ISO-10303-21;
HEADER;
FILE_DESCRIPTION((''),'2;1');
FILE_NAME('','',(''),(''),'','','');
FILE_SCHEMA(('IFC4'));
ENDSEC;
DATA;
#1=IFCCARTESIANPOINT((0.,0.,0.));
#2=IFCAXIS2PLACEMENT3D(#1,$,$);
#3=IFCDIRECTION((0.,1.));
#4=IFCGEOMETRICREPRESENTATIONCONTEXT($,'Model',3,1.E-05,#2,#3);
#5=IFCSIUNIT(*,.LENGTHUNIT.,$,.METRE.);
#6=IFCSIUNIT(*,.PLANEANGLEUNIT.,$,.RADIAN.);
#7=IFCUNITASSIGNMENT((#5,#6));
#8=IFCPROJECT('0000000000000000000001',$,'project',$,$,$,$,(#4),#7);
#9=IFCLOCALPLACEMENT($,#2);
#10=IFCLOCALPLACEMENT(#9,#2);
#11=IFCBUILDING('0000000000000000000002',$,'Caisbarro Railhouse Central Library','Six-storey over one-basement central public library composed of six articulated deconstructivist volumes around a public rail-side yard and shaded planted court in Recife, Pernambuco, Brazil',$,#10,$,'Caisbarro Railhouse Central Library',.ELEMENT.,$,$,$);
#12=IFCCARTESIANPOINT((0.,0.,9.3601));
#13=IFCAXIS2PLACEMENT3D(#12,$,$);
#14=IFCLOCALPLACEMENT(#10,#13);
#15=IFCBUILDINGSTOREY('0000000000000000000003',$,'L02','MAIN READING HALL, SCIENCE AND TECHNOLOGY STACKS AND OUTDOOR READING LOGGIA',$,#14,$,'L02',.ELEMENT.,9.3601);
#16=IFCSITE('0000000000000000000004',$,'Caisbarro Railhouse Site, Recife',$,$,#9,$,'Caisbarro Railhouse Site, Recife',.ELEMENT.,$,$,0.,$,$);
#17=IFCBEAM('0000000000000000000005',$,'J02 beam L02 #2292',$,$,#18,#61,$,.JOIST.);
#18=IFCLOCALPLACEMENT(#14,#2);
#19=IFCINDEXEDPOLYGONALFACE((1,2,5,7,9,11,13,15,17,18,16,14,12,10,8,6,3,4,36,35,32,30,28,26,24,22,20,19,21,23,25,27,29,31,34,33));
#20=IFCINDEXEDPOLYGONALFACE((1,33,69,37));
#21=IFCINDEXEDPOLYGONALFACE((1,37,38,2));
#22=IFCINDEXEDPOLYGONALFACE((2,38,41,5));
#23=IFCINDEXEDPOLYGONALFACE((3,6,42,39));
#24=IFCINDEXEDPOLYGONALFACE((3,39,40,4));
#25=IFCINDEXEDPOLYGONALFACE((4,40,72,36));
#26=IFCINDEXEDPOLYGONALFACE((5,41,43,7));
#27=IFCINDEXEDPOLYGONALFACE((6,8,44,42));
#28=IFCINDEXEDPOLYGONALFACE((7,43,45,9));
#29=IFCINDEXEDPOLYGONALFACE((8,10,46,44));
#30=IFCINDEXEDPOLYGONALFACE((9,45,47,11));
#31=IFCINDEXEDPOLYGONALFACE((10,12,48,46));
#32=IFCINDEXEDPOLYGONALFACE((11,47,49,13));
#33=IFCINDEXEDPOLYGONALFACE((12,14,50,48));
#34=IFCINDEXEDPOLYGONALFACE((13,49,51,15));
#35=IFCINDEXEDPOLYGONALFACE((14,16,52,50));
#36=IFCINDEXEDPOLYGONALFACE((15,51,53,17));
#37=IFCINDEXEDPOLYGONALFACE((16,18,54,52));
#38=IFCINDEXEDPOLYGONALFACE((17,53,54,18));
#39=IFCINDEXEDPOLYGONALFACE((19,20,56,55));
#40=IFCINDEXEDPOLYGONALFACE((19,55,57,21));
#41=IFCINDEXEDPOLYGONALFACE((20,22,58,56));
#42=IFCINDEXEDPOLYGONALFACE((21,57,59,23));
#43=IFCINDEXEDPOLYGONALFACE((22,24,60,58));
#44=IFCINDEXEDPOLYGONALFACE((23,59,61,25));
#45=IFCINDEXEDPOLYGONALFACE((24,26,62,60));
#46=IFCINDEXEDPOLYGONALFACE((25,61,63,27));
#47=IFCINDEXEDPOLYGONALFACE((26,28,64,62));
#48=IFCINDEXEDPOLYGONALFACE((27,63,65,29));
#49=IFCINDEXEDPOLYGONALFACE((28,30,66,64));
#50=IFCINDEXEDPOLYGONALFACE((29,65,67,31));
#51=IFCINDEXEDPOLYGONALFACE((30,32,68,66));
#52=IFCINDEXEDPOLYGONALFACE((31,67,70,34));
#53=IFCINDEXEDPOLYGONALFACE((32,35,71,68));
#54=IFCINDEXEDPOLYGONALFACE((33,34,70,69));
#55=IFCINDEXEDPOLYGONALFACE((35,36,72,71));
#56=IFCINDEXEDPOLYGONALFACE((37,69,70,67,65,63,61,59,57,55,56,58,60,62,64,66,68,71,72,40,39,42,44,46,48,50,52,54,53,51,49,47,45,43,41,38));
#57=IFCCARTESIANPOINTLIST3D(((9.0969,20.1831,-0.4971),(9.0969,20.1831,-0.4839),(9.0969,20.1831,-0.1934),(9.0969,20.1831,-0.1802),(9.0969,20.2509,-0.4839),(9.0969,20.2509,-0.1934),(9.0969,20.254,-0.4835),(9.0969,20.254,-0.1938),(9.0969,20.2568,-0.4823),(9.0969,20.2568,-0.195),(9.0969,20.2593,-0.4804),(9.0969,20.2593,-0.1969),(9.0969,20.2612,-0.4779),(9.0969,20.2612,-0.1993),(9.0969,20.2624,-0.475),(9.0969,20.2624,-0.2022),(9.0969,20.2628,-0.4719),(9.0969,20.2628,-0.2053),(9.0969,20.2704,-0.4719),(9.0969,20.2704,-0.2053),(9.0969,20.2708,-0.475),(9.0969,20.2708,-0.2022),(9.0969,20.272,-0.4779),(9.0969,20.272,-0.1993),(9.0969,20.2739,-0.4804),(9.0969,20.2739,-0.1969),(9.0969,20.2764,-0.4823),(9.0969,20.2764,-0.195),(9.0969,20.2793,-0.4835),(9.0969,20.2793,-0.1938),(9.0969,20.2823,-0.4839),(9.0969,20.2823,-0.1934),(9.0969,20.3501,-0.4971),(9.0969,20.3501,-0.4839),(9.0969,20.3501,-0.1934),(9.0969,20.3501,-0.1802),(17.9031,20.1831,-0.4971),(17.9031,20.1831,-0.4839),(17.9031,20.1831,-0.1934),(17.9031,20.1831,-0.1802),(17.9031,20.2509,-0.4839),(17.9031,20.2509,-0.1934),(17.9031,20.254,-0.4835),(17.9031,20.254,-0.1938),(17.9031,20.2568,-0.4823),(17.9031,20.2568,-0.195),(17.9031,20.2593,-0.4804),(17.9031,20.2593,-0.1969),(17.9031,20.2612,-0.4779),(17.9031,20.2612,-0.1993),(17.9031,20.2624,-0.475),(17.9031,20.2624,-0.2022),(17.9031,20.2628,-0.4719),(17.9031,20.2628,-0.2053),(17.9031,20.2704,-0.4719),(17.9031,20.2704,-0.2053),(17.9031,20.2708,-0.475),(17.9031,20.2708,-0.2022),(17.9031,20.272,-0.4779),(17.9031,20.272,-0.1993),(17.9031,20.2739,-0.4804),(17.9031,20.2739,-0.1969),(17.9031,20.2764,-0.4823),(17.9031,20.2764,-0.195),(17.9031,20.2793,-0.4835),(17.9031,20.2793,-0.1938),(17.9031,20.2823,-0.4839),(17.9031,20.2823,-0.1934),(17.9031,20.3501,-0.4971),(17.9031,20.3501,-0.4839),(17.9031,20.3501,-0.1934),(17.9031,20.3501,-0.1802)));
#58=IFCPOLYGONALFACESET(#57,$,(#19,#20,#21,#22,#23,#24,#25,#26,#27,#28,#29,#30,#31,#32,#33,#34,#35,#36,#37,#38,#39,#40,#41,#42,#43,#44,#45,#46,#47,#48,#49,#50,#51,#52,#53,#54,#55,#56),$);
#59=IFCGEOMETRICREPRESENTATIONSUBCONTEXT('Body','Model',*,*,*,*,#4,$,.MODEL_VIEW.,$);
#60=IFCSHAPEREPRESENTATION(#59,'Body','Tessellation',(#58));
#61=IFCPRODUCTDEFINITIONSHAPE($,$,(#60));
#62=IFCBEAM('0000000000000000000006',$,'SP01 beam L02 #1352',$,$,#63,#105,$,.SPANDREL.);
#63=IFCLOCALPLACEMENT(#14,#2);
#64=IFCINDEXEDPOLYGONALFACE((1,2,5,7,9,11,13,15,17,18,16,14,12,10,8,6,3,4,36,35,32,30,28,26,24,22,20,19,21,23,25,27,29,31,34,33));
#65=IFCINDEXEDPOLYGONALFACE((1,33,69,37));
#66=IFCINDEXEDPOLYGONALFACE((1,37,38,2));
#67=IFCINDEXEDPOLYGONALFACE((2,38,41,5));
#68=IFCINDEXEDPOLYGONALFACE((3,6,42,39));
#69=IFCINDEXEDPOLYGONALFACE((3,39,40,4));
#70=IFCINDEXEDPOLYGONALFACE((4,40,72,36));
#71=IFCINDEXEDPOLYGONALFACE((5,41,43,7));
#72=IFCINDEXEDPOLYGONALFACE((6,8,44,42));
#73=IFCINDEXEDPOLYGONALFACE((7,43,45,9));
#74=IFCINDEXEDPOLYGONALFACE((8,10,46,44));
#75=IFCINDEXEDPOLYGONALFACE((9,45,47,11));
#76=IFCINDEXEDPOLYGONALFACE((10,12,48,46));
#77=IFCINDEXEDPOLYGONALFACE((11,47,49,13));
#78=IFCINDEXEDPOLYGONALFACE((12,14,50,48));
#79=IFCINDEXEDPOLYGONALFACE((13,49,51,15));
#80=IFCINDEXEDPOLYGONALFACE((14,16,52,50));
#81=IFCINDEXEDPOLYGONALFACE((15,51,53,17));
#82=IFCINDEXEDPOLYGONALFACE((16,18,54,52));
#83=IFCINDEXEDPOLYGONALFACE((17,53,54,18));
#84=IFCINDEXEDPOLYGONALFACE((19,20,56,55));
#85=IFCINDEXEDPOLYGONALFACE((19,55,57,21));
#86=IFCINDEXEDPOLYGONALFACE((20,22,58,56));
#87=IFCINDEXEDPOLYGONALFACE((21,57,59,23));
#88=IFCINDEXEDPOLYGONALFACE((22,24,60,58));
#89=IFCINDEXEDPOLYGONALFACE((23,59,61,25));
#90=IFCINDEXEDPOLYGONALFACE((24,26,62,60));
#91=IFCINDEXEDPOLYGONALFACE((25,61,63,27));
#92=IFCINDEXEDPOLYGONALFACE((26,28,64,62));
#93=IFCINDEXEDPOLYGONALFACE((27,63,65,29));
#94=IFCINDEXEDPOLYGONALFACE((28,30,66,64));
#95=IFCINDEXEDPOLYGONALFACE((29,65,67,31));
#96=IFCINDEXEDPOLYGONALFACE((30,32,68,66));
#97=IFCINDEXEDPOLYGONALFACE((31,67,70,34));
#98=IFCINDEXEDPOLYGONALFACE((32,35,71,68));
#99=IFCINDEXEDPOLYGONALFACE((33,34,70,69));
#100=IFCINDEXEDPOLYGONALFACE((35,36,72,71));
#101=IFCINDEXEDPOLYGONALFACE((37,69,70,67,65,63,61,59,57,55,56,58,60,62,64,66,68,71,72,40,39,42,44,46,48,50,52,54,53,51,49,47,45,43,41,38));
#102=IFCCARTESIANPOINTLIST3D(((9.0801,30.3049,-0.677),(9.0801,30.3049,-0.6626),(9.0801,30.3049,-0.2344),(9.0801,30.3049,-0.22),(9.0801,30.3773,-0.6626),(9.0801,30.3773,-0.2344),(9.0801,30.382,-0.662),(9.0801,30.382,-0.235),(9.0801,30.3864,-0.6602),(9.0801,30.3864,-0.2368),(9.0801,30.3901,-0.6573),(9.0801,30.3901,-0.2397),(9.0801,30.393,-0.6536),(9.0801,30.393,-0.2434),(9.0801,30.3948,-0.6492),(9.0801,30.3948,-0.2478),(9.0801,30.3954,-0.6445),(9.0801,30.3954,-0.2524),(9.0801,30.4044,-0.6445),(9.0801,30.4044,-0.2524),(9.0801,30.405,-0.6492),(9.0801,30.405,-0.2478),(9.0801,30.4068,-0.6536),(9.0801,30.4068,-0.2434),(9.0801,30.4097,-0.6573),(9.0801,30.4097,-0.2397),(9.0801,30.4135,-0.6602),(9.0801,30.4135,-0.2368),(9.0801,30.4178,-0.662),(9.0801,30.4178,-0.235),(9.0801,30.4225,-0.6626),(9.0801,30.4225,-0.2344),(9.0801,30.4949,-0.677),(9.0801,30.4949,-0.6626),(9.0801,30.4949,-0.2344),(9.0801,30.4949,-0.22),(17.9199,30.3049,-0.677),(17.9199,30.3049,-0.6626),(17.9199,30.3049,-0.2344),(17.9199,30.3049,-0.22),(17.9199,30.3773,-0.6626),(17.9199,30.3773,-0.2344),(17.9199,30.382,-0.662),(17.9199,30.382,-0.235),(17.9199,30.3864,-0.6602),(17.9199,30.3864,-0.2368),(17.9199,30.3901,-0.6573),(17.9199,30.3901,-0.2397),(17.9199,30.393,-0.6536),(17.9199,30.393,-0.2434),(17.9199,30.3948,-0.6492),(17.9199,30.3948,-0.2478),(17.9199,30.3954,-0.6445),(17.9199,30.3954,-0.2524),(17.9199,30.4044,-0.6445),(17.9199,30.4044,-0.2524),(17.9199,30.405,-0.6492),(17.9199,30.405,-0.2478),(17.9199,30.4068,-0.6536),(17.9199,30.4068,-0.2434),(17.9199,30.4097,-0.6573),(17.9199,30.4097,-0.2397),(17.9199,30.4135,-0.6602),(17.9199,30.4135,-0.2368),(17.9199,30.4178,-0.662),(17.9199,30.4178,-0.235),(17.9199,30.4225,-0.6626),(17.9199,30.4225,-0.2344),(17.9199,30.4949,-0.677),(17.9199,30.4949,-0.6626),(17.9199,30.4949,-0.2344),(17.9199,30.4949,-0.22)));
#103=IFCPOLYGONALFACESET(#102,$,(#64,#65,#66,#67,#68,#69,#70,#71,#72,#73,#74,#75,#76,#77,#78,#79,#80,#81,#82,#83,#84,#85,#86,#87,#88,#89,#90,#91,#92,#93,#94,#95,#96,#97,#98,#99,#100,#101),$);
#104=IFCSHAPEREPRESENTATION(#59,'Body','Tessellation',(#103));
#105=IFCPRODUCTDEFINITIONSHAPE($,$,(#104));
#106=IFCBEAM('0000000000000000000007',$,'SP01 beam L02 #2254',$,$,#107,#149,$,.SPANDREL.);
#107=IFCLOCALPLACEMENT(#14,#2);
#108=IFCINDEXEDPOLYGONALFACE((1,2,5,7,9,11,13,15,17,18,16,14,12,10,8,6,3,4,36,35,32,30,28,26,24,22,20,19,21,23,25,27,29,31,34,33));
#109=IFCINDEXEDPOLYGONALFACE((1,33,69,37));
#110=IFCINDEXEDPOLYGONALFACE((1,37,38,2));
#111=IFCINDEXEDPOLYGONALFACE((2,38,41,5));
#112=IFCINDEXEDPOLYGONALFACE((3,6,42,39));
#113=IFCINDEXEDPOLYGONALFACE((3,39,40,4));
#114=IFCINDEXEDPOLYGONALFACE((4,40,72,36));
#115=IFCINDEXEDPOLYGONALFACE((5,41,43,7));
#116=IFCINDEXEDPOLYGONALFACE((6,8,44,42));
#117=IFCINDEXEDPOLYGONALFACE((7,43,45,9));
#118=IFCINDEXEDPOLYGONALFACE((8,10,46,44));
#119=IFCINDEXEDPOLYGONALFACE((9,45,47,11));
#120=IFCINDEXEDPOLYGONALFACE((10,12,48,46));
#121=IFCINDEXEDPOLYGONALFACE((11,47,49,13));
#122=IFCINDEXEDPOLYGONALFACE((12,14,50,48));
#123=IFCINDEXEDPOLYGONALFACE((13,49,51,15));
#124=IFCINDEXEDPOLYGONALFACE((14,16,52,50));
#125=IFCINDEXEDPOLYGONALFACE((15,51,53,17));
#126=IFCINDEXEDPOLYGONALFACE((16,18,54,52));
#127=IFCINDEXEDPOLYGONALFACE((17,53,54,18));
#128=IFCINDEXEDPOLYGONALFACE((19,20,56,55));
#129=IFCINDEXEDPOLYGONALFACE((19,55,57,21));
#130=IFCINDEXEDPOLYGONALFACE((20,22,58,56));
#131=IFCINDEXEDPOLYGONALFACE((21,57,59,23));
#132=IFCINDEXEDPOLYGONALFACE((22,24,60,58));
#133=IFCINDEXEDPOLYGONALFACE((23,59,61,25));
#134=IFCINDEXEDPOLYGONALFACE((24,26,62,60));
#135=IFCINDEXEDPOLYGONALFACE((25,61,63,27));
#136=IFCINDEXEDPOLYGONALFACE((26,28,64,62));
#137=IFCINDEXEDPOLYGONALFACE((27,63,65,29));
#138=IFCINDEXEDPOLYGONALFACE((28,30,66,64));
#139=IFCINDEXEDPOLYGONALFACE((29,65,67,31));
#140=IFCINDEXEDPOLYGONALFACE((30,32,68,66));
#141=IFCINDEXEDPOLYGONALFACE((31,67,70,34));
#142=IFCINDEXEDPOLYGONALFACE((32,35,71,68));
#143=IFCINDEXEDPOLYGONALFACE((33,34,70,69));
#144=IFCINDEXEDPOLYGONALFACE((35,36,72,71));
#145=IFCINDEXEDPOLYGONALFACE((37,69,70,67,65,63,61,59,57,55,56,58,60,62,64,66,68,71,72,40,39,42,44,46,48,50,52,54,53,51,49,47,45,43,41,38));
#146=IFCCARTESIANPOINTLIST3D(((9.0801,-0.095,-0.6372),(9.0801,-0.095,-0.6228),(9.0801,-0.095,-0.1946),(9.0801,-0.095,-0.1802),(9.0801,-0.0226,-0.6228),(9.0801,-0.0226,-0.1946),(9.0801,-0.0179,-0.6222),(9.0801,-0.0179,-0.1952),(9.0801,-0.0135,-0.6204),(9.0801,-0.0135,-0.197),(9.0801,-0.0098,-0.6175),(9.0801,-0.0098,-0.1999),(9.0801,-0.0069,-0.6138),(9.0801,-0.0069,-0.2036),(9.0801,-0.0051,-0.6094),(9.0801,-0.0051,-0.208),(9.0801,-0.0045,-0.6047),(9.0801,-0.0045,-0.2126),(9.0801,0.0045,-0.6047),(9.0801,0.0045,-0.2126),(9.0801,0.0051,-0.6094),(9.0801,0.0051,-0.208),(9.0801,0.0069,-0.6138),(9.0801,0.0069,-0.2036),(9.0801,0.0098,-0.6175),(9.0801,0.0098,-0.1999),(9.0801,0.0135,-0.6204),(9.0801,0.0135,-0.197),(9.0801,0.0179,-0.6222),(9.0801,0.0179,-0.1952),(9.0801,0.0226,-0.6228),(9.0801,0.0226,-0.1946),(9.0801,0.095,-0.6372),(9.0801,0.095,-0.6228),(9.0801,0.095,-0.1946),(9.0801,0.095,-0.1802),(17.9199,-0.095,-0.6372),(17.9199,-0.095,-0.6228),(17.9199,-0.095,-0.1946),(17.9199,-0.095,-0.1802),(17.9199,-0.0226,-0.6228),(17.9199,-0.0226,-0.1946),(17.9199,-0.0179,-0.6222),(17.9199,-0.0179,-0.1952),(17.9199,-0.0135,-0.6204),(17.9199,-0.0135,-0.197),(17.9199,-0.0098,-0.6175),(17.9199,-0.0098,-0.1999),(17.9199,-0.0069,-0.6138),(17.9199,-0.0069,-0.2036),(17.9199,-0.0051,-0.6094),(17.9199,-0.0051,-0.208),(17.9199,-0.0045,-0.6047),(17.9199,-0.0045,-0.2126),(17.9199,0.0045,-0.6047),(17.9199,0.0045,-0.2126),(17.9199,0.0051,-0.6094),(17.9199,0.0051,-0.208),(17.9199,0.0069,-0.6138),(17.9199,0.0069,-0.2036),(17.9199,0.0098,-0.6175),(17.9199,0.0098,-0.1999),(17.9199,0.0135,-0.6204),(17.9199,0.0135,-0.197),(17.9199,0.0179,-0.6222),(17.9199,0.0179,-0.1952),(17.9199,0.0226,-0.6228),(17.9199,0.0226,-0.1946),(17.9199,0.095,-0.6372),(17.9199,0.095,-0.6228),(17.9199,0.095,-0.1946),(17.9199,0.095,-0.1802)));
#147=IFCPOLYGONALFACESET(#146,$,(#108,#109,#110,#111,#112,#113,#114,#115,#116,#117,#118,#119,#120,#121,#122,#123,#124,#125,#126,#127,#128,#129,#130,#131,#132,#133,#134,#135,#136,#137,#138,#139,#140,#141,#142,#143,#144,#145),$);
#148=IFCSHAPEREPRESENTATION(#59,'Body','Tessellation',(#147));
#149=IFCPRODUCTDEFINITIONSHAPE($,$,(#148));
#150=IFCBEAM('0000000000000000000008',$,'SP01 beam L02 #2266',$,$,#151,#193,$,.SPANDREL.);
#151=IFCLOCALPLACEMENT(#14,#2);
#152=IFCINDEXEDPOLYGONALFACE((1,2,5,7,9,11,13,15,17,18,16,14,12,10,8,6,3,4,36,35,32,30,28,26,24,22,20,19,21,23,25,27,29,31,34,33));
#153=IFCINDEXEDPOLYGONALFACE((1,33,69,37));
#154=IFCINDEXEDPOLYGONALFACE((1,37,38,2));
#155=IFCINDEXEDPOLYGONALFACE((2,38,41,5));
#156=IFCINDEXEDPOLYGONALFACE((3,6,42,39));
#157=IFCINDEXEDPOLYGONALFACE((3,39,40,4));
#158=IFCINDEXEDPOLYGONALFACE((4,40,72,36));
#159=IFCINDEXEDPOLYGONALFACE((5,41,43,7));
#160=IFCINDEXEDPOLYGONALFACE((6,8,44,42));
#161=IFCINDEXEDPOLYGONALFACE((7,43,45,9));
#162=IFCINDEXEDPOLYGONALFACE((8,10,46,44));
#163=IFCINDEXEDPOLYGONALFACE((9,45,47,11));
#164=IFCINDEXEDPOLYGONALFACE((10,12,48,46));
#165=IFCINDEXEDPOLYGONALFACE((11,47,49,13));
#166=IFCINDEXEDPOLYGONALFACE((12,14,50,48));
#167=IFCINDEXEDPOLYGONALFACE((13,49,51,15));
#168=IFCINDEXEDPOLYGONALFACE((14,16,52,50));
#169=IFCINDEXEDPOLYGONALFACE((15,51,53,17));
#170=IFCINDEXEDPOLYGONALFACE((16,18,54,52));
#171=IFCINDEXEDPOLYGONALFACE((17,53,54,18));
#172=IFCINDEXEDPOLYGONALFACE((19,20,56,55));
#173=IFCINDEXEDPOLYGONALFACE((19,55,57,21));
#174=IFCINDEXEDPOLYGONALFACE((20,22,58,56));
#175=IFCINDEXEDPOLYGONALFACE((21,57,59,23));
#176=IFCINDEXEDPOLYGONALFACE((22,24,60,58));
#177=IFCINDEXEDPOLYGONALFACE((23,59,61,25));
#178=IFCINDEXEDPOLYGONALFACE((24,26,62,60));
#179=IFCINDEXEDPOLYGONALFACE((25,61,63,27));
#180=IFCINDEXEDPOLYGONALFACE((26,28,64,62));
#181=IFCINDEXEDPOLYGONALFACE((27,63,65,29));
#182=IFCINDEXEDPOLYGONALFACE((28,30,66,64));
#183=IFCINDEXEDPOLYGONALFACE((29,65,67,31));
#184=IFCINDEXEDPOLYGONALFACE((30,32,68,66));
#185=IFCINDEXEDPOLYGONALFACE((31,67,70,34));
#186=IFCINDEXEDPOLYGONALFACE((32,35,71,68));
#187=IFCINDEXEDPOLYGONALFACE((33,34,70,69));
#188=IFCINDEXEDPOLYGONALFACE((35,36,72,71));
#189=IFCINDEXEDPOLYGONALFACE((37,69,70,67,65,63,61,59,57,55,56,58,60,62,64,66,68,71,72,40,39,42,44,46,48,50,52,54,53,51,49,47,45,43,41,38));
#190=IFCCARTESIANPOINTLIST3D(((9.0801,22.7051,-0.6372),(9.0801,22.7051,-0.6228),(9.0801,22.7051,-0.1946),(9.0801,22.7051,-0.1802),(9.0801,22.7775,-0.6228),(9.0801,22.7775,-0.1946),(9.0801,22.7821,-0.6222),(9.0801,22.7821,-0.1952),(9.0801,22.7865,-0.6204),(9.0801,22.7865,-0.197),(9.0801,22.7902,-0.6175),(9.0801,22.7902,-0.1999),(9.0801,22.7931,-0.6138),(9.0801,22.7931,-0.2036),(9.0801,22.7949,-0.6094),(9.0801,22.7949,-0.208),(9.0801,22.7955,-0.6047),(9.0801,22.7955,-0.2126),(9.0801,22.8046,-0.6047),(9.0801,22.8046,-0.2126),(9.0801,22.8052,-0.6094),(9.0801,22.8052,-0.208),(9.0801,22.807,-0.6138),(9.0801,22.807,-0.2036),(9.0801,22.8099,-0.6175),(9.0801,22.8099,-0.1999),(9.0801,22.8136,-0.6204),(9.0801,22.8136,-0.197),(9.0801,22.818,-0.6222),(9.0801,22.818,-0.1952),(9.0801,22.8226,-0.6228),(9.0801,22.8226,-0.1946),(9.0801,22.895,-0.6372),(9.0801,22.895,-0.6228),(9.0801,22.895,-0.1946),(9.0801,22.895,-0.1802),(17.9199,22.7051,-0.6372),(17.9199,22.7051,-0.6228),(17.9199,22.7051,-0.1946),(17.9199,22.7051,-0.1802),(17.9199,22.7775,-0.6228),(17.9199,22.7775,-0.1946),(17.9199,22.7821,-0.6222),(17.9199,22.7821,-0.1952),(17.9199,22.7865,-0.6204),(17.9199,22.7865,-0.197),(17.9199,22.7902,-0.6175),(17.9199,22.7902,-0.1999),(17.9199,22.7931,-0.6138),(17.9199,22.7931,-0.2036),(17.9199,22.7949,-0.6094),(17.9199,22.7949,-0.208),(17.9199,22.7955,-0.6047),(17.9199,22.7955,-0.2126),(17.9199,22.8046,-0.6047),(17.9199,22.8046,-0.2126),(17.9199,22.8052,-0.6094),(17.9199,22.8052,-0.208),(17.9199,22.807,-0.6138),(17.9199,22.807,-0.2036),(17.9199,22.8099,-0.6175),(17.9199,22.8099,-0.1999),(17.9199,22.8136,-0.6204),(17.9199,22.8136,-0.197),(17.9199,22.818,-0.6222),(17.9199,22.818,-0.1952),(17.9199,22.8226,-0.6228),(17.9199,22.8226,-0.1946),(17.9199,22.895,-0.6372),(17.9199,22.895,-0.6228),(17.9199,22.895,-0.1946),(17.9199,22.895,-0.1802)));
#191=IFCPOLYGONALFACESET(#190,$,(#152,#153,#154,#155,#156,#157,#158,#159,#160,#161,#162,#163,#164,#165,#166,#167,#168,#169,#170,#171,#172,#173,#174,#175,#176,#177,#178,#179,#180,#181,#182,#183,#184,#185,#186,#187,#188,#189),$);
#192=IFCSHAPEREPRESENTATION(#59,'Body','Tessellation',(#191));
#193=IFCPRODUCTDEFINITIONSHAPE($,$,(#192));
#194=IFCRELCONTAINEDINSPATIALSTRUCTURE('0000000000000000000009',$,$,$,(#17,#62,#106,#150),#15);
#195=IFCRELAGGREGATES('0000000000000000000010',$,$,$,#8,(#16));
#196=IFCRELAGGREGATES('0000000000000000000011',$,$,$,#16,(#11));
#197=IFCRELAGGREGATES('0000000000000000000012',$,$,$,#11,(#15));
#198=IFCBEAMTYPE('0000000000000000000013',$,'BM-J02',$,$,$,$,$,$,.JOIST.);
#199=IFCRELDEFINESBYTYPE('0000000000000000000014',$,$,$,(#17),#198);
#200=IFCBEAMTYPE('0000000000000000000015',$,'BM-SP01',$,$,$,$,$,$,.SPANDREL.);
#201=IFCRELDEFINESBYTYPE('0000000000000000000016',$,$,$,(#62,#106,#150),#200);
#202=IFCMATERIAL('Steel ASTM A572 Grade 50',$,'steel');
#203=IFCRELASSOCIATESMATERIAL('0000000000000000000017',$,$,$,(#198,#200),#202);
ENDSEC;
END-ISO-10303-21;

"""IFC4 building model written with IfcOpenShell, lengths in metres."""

from ifc_helpers import new_model, si_unit, direction, frame, origin, origin_2d, place, context, subcontext, project, spatial, i_section, extrude, material, material_profile, profile_set, type_object, element, save


model = new_model("IFC4")

# Units and contexts
model_context = context("Model", 3, precision=1e-05, world=origin(), true_north=direction((0.0, 1.0)))
body_context = subcontext(model_context, "Body", "Model", "MODEL_VIEW")
ifc_project = project(units=[si_unit("LENGTHUNIT", "METRE"), si_unit("PLANEANGLEUNIT", "RADIAN")], contexts=[model_context])

# Site, building, storey
site_placement = place(None, origin())
site = spatial("IfcSite", under=ifc_project, at=site_placement, Name="Caisbarro Railhouse Site, Recife", LongName="Caisbarro Railhouse Site, Recife", CompositionType="ELEMENT", RefElevation=0.0)
building_placement = place(site_placement, origin())
building = spatial("IfcBuilding", under=site, at=building_placement, Name="Caisbarro Railhouse Central Library", Description="Six-storey over one-basement central public library composed of six articulated deconstructivist volumes around a public rail-side yard and shaded planted court in Recife, Pernambuco, Brazil", LongName="Caisbarro Railhouse Central Library", CompositionType="ELEMENT")
storey_placement = place(building_placement, frame((0.0, 0.0, 9.3601)))
storey = spatial("IfcBuildingStorey", under=building, at=storey_placement, Name="L02", Description="MAIN READING HALL, SCIENCE AND TECHNOLOGY STACKS AND OUTDOOR READING LOGGIA", LongName="L02", CompositionType="ELEMENT", Elevation=9.3601)

# Shared definitions
ifc_material_1 = material(Name="Steel ASTM A572 Grade 50", Category="steel")

# Beams
ifc_material_profile_1 = material_profile(ifc_material_1, i_section(OverallWidth=0.167, OverallDepth=0.3169, WebThickness=0.0076, FlangeThickness=0.0132, FilletRadius=0.012, at=origin_2d()), Name="W310X52.0")
ifc_profile_set_1 = profile_set([ifc_material_profile_1], Name="Steel ASTM A572 Grade 50")
beam_type_1 = type_object("IfcBeamType", Name="BM-J02", PredefinedType="JOIST", material=ifc_profile_set_1)
for number, where, z_axis, x_axis, name in (
    (1, (9.0969, 20.2666, -0.3386), (1.0, 0.0, 0.0), (0.0, 1.0, 0.0), "J02 beam L02 #2292"),
):
    element("IfcBeam", number, at=place(storey_placement, frame(where, z_axis=z_axis, x_axis=x_axis)), inside=storey, type_object=beam_type_1, Name=name, PredefinedType="JOIST", context=body_context, shape_type="SweptSolid", body=[
        extrude(i_section(OverallWidth=0.167, OverallDepth=0.3169, WebThickness=0.0076, FlangeThickness=0.0132, FilletRadius=0.012, at=origin_2d()), origin(), (0.0, 0.0, 1.0), 8.8062),
    ])
ifc_material_profile_2 = material_profile(ifc_material_1, i_section(OverallWidth=0.1899, OverallDepth=0.457, WebThickness=0.009, FlangeThickness=0.0144, FilletRadius=0.0181, at=origin_2d()), Name="W460X74.0")
ifc_profile_set_2 = profile_set([ifc_material_profile_2], Name="Steel ASTM A572 Grade 50")
beam_type_2 = type_object("IfcBeamType", Name="BM-SP01", PredefinedType="SPANDREL", material=ifc_profile_set_2)
for number, where, z_axis, x_axis, name in (
    (2, (9.0801, 30.3999, -0.4485), (1.0, 0.0, 0.0), (0.0, 1.0, 0.0), "SP01 beam L02 #1352"),
    (3, (9.0801, 0.0, -0.4087), (1.0, 0.0, 0.0), (0.0, 1.0, 0.0), "SP01 beam L02 #2254"),
    (4, (9.0801, 22.8, -0.4087), (1.0, 0.0, 0.0), (0.0, 1.0, 0.0), "SP01 beam L02 #2266"),
):
    element("IfcBeam", number, at=place(storey_placement, frame(where, z_axis=z_axis, x_axis=x_axis)), inside=storey, type_object=beam_type_2, Name=name, PredefinedType="SPANDREL", context=body_context, shape_type="SweptSolid", body=[
        extrude(i_section(OverallWidth=0.1899, OverallDepth=0.457, WebThickness=0.009, FlangeThickness=0.0144, FilletRadius=0.0181, at=origin_2d()), origin(), (0.0, 0.0, 1.0), 8.8398),
    ])

save(model, "model.ifc")
